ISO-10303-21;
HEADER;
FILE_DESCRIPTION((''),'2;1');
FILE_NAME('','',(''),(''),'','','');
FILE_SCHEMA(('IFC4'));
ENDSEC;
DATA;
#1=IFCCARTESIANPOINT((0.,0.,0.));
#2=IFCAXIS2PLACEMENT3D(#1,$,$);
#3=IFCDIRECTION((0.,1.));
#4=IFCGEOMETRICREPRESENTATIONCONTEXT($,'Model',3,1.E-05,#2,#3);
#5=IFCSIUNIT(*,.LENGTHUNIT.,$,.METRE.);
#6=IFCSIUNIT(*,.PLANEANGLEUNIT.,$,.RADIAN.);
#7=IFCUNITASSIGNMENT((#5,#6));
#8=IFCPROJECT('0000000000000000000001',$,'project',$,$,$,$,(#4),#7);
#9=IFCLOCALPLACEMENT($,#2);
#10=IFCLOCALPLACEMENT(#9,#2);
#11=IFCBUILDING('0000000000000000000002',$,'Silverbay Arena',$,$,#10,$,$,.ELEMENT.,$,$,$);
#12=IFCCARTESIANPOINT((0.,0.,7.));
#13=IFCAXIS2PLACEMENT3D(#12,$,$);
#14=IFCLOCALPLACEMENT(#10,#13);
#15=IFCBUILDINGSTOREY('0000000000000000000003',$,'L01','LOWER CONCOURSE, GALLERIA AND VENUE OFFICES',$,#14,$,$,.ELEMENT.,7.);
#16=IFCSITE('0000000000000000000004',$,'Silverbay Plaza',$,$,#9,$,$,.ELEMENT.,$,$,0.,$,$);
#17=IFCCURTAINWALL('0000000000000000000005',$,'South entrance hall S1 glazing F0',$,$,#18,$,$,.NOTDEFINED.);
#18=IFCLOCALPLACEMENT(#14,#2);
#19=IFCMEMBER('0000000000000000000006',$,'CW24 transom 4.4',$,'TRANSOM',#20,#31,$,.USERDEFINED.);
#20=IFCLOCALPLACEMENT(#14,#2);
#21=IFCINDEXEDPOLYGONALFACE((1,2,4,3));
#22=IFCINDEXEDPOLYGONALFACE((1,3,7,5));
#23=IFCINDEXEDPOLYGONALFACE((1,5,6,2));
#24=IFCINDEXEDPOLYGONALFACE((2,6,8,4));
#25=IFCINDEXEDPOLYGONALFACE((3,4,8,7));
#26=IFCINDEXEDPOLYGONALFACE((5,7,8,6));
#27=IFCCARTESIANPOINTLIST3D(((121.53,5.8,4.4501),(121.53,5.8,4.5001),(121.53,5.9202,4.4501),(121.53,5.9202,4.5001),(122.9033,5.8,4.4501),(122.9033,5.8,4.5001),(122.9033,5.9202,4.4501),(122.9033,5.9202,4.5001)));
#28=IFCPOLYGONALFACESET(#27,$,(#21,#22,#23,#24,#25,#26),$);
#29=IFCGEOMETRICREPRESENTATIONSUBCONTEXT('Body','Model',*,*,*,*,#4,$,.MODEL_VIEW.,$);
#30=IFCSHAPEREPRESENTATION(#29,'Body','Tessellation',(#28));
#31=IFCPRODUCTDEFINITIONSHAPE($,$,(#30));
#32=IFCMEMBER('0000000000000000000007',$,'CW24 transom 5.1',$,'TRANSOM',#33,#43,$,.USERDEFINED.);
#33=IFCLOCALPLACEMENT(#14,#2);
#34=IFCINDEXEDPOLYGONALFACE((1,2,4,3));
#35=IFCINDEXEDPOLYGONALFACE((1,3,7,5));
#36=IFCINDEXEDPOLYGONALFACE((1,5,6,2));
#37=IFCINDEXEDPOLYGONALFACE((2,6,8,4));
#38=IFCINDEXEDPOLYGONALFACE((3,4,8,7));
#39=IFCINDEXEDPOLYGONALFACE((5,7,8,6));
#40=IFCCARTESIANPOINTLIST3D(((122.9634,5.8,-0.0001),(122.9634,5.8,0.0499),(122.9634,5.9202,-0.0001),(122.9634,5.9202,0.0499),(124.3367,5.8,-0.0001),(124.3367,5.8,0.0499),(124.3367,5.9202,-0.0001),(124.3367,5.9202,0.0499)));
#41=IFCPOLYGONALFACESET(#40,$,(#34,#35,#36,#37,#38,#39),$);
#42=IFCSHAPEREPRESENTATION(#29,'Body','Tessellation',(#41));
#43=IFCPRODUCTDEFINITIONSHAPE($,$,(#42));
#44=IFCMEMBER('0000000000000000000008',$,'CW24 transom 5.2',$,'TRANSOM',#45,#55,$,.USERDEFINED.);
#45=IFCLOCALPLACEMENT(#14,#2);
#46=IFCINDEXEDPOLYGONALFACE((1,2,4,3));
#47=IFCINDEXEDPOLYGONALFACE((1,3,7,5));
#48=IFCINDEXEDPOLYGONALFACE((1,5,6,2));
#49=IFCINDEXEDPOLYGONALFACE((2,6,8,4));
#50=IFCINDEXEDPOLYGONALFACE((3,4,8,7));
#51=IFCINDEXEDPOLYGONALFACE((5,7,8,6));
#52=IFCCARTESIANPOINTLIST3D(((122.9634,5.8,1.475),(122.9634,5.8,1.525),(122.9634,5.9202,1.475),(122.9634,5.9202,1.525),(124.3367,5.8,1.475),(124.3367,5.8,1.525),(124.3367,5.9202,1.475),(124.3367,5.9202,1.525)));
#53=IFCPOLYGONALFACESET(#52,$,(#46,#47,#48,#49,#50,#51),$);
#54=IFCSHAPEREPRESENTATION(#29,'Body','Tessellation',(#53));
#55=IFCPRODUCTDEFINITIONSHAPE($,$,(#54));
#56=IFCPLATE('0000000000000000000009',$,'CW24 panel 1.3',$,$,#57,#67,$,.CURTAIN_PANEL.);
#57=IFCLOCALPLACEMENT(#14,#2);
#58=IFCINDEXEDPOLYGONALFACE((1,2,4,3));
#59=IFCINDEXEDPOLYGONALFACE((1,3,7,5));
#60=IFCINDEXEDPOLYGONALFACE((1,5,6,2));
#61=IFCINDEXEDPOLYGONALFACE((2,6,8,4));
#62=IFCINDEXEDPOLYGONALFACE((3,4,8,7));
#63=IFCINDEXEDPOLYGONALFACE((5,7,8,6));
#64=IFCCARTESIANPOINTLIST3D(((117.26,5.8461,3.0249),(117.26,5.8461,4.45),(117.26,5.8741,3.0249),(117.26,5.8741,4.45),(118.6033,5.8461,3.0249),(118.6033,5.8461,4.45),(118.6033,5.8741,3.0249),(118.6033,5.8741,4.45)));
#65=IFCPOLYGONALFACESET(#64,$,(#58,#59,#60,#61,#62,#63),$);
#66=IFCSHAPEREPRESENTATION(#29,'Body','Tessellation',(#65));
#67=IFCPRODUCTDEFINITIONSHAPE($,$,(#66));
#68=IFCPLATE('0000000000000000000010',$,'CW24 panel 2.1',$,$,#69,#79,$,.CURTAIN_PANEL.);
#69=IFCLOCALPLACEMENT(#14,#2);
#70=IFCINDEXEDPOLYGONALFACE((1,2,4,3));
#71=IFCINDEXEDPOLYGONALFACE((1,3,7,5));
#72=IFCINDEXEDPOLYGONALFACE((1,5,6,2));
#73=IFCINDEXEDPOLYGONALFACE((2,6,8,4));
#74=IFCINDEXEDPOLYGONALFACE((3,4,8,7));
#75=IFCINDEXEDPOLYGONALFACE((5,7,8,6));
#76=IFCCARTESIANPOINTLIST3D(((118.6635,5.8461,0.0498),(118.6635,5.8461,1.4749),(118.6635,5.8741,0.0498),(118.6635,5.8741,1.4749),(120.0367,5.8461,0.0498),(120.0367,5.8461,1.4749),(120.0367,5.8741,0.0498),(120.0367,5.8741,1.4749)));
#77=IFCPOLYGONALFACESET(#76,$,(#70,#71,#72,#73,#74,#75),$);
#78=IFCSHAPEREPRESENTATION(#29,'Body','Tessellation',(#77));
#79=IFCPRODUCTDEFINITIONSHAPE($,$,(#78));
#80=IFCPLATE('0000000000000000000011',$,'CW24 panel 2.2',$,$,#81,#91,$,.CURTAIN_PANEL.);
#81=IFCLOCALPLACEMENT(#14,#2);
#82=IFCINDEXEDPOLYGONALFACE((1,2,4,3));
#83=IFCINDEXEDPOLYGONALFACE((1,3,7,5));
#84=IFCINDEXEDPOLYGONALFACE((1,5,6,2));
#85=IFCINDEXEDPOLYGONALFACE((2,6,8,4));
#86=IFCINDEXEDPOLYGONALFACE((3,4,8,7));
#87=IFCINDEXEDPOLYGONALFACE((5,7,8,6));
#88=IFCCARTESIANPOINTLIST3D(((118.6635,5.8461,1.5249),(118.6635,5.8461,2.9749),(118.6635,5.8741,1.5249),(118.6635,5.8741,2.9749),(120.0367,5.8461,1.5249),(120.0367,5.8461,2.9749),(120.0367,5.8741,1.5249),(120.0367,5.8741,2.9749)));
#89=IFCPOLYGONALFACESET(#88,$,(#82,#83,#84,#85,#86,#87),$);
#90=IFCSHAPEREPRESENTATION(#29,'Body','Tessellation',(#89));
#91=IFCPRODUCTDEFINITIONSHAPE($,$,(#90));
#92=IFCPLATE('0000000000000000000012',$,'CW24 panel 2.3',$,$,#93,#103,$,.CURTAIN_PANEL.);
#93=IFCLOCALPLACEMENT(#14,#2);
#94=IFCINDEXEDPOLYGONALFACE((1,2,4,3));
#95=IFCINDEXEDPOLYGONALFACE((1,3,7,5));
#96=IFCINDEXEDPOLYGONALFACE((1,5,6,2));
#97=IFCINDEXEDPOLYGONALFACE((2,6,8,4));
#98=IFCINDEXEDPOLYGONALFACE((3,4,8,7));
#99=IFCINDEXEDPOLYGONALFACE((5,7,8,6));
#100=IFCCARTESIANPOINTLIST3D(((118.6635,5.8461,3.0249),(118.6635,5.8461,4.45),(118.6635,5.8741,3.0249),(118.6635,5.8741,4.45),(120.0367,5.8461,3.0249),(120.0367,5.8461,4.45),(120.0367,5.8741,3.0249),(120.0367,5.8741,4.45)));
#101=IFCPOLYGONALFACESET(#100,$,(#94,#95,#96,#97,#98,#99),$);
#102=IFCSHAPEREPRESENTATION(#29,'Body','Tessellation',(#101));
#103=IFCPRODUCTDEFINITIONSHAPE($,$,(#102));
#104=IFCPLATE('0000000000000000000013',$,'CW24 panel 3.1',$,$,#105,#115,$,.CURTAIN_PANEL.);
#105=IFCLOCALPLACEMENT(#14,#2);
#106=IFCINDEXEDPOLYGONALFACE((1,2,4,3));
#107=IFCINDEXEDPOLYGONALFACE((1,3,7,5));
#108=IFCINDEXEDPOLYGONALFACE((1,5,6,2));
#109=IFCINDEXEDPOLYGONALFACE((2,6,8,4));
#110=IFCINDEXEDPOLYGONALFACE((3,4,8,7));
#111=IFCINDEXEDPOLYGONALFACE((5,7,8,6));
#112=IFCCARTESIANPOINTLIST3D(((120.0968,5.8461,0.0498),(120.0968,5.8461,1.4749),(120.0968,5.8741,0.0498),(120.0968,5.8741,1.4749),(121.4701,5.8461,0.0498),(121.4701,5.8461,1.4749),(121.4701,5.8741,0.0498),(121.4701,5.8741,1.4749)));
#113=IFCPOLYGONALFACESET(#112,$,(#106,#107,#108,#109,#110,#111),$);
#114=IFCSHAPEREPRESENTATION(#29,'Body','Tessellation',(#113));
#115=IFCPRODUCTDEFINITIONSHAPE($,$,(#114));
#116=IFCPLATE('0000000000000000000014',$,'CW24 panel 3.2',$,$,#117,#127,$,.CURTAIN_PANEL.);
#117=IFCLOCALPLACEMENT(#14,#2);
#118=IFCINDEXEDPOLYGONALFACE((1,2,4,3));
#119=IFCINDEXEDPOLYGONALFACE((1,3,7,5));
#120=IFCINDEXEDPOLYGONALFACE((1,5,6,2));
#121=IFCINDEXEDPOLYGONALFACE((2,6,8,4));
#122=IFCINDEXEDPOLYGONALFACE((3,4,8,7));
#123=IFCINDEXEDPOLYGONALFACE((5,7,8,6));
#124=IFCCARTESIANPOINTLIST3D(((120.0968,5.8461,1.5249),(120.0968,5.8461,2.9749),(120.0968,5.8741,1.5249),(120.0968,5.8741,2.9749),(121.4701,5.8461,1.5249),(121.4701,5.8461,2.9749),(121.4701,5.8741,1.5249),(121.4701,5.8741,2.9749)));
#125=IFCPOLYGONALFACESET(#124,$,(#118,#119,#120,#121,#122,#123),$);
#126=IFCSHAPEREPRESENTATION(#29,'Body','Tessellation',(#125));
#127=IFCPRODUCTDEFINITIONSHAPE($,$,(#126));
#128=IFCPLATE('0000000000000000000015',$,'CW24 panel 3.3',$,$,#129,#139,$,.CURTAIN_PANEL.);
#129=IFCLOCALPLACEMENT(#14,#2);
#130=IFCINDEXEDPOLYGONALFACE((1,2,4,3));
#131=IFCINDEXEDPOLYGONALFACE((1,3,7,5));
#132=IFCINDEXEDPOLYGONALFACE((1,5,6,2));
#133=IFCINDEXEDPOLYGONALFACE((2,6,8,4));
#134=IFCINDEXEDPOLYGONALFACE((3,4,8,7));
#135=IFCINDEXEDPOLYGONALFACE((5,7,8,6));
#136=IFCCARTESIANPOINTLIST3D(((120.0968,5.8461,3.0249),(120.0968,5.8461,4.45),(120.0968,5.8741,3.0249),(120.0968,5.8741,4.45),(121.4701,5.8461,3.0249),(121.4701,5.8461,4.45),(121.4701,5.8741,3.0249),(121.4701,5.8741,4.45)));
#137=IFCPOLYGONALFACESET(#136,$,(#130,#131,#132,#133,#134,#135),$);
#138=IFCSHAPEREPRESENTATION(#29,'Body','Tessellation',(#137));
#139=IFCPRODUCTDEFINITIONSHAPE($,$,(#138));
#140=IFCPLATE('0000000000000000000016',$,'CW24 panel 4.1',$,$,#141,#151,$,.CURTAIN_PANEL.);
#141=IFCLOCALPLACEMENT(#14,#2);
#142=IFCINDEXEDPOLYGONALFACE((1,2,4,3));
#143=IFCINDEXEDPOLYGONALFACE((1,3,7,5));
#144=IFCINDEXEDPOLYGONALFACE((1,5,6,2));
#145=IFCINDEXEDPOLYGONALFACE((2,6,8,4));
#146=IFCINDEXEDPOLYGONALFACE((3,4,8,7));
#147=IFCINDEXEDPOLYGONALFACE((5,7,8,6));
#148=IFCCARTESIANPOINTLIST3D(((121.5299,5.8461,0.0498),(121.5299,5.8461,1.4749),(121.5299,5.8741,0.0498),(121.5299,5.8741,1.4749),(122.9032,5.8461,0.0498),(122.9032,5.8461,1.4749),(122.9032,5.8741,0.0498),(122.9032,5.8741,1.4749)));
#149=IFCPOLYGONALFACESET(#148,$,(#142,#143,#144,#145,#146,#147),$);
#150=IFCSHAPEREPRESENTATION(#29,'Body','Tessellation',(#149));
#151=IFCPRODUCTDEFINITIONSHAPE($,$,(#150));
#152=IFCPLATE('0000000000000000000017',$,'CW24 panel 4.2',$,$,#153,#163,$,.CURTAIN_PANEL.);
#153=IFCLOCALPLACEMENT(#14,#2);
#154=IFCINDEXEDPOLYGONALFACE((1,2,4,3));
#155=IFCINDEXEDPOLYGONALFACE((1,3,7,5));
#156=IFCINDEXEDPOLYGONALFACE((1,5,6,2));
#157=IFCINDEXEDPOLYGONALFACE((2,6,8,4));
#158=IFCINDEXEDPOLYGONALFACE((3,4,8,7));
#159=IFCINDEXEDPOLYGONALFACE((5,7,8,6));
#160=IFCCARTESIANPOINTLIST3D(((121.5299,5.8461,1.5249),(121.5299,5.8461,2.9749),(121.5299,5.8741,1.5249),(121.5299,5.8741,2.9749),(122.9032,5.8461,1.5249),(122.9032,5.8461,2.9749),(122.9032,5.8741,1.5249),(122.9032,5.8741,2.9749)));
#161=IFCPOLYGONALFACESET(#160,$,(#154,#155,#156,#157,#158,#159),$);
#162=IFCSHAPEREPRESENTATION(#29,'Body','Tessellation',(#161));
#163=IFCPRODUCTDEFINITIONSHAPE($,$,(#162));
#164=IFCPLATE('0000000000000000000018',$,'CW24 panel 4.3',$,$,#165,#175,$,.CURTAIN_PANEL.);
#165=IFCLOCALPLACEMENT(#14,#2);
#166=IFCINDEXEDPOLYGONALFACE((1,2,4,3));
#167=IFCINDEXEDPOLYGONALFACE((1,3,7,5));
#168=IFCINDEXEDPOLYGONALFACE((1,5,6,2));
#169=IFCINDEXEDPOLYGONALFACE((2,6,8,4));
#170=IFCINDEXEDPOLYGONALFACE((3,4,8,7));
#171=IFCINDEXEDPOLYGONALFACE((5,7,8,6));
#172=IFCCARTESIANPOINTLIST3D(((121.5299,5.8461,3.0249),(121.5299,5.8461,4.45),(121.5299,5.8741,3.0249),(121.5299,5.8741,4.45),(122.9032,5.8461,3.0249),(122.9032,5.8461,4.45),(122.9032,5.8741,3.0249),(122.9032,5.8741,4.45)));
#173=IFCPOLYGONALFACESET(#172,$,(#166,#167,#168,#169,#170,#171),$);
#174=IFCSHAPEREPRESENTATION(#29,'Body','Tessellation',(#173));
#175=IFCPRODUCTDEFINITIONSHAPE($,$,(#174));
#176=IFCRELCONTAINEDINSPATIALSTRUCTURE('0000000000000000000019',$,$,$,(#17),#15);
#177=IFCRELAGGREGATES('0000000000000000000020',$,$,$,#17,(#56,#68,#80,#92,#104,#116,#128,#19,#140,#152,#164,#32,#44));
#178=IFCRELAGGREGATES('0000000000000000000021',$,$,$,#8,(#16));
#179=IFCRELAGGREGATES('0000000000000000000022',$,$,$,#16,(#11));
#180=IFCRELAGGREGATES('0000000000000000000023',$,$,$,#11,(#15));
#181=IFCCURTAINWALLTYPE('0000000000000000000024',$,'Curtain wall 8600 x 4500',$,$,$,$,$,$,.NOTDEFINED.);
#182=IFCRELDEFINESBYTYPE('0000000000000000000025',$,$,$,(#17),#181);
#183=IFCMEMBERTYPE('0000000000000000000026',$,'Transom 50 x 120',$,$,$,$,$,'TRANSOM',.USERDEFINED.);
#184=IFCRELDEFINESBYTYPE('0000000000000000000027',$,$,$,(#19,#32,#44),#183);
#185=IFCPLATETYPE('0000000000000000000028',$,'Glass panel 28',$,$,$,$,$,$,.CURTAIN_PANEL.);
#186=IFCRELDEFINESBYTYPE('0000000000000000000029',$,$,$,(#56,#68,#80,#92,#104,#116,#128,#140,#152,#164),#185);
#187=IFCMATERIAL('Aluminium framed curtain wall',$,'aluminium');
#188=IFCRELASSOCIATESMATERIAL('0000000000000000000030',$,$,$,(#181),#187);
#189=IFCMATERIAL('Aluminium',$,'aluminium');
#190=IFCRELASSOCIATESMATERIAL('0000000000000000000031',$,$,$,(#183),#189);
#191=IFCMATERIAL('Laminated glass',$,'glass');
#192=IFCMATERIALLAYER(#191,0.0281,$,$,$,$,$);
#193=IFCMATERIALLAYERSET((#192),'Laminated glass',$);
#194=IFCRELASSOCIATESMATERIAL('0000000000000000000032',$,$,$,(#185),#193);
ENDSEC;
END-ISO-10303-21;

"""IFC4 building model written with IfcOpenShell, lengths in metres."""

from ifc_helpers import new_model, si_unit, direction, frame, origin, origin_2d, place, context, subcontext, project, spatial, rectangle, extrude, material, layer, layer_set, material_profile, profile_set, type_object, element, aggregate, save


model = new_model("IFC4")

# Units and contexts
model_context = context("Model", 3, precision=1e-05, world=origin(), true_north=direction((0.0, 1.0)))
body_context = subcontext(model_context, "Body", "Model", "MODEL_VIEW")
ifc_project = project(units=[si_unit("LENGTHUNIT", "METRE"), si_unit("PLANEANGLEUNIT", "RADIAN")], contexts=[model_context])

# Site, building, storey
site_placement = place(None, origin())
site = spatial("IfcSite", under=ifc_project, at=site_placement, Name="Silverbay Plaza", CompositionType="ELEMENT", RefElevation=0.0)
building_placement = place(site_placement, origin())
building = spatial("IfcBuilding", under=site, at=building_placement, Name="Silverbay Arena", CompositionType="ELEMENT")
storey_placement = place(building_placement, frame((0.0, 0.0, 7.0)))
storey = spatial("IfcBuildingStorey", under=building, at=storey_placement, Name="L01", Description="LOWER CONCOURSE, GALLERIA AND VENUE OFFICES", CompositionType="ELEMENT", Elevation=7.0)

# Curtain wall, members, plates
ifc_material_1 = material(Name="Aluminium framed curtain wall", Category="aluminium")
curtain_wall_type = type_object("IfcCurtainWallType", Name="Curtain wall 8600 x 4500", PredefinedType="NOTDEFINED", material=ifc_material_1)
curtain_wall_placement = place(storey_placement, origin())
curtain_wall = element("IfcCurtainWall", 1, at=curtain_wall_placement, inside=storey, type_object=curtain_wall_type, Name="South entrance hall S1 glazing F0", PredefinedType="NOTDEFINED")
ifc_material_2 = material(Name="Aluminium", Category="aluminium")
ifc_material_profile_1 = material_profile(ifc_material_2, rectangle(XDim=0.1201, YDim=0.05, at=origin_2d()), Name="Transom 50 x 120")
ifc_profile_set_1 = profile_set([ifc_material_profile_1], Name="Aluminium")
member_type_1 = type_object("IfcMemberType", Name="Transom 50 x 120", ElementType="TRANSOM", PredefinedType="USERDEFINED", material=ifc_profile_set_1)
member_1_placement = place(storey_placement, frame((121.53, 5.8601, 4.4751), z_axis=(1.0, 0.0, 0.0), x_axis=(0.0, 1.0, 0.0)))
member_1 = element("IfcMember", 2, at=member_1_placement, type_object=member_type_1, Name="CW24 transom 4.4", ObjectType="TRANSOM", PredefinedType="USERDEFINED", context=body_context, shape_type="SweptSolid", body=[
    extrude(rectangle(XDim=0.1201, YDim=0.05, at=origin_2d()), origin(), (0.0, 0.0, 1.0), 1.3733),
])
member_2_placement = place(storey_placement, frame((122.9634, 5.8601, 0.0249), z_axis=(1.0, 0.0, 0.0), x_axis=(0.0, 1.0, 0.0)))
member_2 = element("IfcMember", 3, at=member_2_placement, type_object=member_type_1, Name="CW24 transom 5.1", ObjectType="TRANSOM", PredefinedType="USERDEFINED", context=body_context, shape_type="SweptSolid", body=[
    extrude(rectangle(XDim=0.1201, YDim=0.05, at=origin_2d()), origin(), (0.0, 0.0, 1.0), 1.3733),
])
member_3_placement = place(storey_placement, frame((122.9634, 5.8601, 1.5), z_axis=(1.0, 0.0, 0.0), x_axis=(0.0, 1.0, 0.0)))
member_3 = element("IfcMember", 4, at=member_3_placement, type_object=member_type_1, Name="CW24 transom 5.2", ObjectType="TRANSOM", PredefinedType="USERDEFINED", context=body_context, shape_type="SweptSolid", body=[
    extrude(rectangle(XDim=0.1201, YDim=0.05, at=origin_2d()), origin(), (0.0, 0.0, 1.0), 1.3733),
])
ifc_material_3 = material(Name="Laminated glass", Category="glass")
ifc_layer_1 = layer(ifc_material_3, 0.0281)
ifc_layer_set_1 = layer_set([ifc_layer_1], Name="Laminated glass")
plate_type = type_object("IfcPlateType", Name="Glass panel 28", PredefinedType="CURTAIN_PANEL", material=ifc_layer_set_1)
plate_1_placement = place(storey_placement, frame((117.9316, 5.8601, 3.0249), z_axis=(0.0, 0.0, 1.0), x_axis=(1.0, 0.0, 0.0)))
plate_1 = element("IfcPlate", 5, at=plate_1_placement, type_object=plate_type, Name="CW24 panel 1.3", PredefinedType="CURTAIN_PANEL", context=body_context, shape_type="SweptSolid", body=[
    extrude(rectangle(XDim=1.3433, YDim=0.0281, at=origin_2d()), origin(), (0.0, 0.0, 1.0), 1.425),
])
plate_2_placement = place(storey_placement, frame((119.3501, 5.8601, 0.0498), z_axis=(0.0, 0.0, 1.0), x_axis=(1.0, 0.0, 0.0)))
plate_2 = element("IfcPlate", 6, at=plate_2_placement, type_object=plate_type, Name="CW24 panel 2.1", PredefinedType="CURTAIN_PANEL", context=body_context, shape_type="SweptSolid", body=[
    extrude(rectangle(XDim=1.3733, YDim=0.0281, at=origin_2d()), origin(), (0.0, 0.0, 1.0), 1.425),
])
plate_3_placement = place(storey_placement, frame((119.3501, 5.8601, 1.5249), z_axis=(0.0, 0.0, 1.0), x_axis=(1.0, 0.0, 0.0)))
plate_3 = element("IfcPlate", 7, at=plate_3_placement, type_object=plate_type, Name="CW24 panel 2.2", PredefinedType="CURTAIN_PANEL", context=body_context, shape_type="SweptSolid", body=[
    extrude(rectangle(XDim=1.3733, YDim=0.0281, at=origin_2d()), origin(), (0.0, 0.0, 1.0), 1.45),
])
plate_4_placement = place(storey_placement, frame((119.3501, 5.8601, 3.0249), z_axis=(0.0, 0.0, 1.0), x_axis=(1.0, 0.0, 0.0)))
plate_4 = element("IfcPlate", 8, at=plate_4_placement, type_object=plate_type, Name="CW24 panel 2.3", PredefinedType="CURTAIN_PANEL", context=body_context, shape_type="SweptSolid", body=[
    extrude(rectangle(XDim=1.3733, YDim=0.0281, at=origin_2d()), origin(), (0.0, 0.0, 1.0), 1.425),
])
plate_5_placement = place(storey_placement, frame((120.7834, 5.8601, 0.0498), z_axis=(0.0, 0.0, 1.0), x_axis=(1.0, 0.0, 0.0)))
plate_5 = element("IfcPlate", 9, at=plate_5_placement, type_object=plate_type, Name="CW24 panel 3.1", PredefinedType="CURTAIN_PANEL", context=body_context, shape_type="SweptSolid", body=[
    extrude(rectangle(XDim=1.3733, YDim=0.0281, at=origin_2d()), origin(), (0.0, 0.0, 1.0), 1.425),
])
plate_6_placement = place(storey_placement, frame((120.7834, 5.8601, 1.5249), z_axis=(0.0, 0.0, 1.0), x_axis=(1.0, 0.0, 0.0)))
plate_6 = element("IfcPlate", 10, at=plate_6_placement, type_object=plate_type, Name="CW24 panel 3.2", PredefinedType="CURTAIN_PANEL", context=body_context, shape_type="SweptSolid", body=[
    extrude(rectangle(XDim=1.3733, YDim=0.0281, at=origin_2d()), origin(), (0.0, 0.0, 1.0), 1.45),
])
plate_7_placement = place(storey_placement, frame((120.7834, 5.8601, 3.0249), z_axis=(0.0, 0.0, 1.0), x_axis=(1.0, 0.0, 0.0)))
plate_7 = element("IfcPlate", 11, at=plate_7_placement, type_object=plate_type, Name="CW24 panel 3.3", PredefinedType="CURTAIN_PANEL", context=body_context, shape_type="SweptSolid", body=[
    extrude(rectangle(XDim=1.3733, YDim=0.0281, at=origin_2d()), origin(), (0.0, 0.0, 1.0), 1.425),
])
plate_8_placement = place(storey_placement, frame((122.2166, 5.8601, 0.0498), z_axis=(0.0, 0.0, 1.0), x_axis=(1.0, 0.0, 0.0)))
plate_8 = element("IfcPlate", 12, at=plate_8_placement, type_object=plate_type, Name="CW24 panel 4.1", PredefinedType="CURTAIN_PANEL", context=body_context, shape_type="SweptSolid", body=[
    extrude(rectangle(XDim=1.3733, YDim=0.0281, at=origin_2d()), origin(), (0.0, 0.0, 1.0), 1.425),
])
plate_9_placement = place(storey_placement, frame((122.2166, 5.8601, 1.5249), z_axis=(0.0, 0.0, 1.0), x_axis=(1.0, 0.0, 0.0)))
plate_9 = element("IfcPlate", 13, at=plate_9_placement, type_object=plate_type, Name="CW24 panel 4.2", PredefinedType="CURTAIN_PANEL", context=body_context, shape_type="SweptSolid", body=[
    extrude(rectangle(XDim=1.3733, YDim=0.0281, at=origin_2d()), origin(), (0.0, 0.0, 1.0), 1.45),
])
plate_10_placement = place(storey_placement, frame((122.2166, 5.8601, 3.0249), z_axis=(0.0, 0.0, 1.0), x_axis=(1.0, 0.0, 0.0)))
plate_10 = element("IfcPlate", 14, at=plate_10_placement, type_object=plate_type, Name="CW24 panel 4.3", PredefinedType="CURTAIN_PANEL", context=body_context, shape_type="SweptSolid", body=[
    extrude(rectangle(XDim=1.3733, YDim=0.0281, at=origin_2d()), origin(), (0.0, 0.0, 1.0), 1.425),
])
aggregate(curtain_wall, [plate_1, plate_2, plate_3, plate_4, plate_5, plate_6, plate_7, member_1, plate_8, plate_9, plate_10, member_2, member_3])

save(model, "model.ifc")
